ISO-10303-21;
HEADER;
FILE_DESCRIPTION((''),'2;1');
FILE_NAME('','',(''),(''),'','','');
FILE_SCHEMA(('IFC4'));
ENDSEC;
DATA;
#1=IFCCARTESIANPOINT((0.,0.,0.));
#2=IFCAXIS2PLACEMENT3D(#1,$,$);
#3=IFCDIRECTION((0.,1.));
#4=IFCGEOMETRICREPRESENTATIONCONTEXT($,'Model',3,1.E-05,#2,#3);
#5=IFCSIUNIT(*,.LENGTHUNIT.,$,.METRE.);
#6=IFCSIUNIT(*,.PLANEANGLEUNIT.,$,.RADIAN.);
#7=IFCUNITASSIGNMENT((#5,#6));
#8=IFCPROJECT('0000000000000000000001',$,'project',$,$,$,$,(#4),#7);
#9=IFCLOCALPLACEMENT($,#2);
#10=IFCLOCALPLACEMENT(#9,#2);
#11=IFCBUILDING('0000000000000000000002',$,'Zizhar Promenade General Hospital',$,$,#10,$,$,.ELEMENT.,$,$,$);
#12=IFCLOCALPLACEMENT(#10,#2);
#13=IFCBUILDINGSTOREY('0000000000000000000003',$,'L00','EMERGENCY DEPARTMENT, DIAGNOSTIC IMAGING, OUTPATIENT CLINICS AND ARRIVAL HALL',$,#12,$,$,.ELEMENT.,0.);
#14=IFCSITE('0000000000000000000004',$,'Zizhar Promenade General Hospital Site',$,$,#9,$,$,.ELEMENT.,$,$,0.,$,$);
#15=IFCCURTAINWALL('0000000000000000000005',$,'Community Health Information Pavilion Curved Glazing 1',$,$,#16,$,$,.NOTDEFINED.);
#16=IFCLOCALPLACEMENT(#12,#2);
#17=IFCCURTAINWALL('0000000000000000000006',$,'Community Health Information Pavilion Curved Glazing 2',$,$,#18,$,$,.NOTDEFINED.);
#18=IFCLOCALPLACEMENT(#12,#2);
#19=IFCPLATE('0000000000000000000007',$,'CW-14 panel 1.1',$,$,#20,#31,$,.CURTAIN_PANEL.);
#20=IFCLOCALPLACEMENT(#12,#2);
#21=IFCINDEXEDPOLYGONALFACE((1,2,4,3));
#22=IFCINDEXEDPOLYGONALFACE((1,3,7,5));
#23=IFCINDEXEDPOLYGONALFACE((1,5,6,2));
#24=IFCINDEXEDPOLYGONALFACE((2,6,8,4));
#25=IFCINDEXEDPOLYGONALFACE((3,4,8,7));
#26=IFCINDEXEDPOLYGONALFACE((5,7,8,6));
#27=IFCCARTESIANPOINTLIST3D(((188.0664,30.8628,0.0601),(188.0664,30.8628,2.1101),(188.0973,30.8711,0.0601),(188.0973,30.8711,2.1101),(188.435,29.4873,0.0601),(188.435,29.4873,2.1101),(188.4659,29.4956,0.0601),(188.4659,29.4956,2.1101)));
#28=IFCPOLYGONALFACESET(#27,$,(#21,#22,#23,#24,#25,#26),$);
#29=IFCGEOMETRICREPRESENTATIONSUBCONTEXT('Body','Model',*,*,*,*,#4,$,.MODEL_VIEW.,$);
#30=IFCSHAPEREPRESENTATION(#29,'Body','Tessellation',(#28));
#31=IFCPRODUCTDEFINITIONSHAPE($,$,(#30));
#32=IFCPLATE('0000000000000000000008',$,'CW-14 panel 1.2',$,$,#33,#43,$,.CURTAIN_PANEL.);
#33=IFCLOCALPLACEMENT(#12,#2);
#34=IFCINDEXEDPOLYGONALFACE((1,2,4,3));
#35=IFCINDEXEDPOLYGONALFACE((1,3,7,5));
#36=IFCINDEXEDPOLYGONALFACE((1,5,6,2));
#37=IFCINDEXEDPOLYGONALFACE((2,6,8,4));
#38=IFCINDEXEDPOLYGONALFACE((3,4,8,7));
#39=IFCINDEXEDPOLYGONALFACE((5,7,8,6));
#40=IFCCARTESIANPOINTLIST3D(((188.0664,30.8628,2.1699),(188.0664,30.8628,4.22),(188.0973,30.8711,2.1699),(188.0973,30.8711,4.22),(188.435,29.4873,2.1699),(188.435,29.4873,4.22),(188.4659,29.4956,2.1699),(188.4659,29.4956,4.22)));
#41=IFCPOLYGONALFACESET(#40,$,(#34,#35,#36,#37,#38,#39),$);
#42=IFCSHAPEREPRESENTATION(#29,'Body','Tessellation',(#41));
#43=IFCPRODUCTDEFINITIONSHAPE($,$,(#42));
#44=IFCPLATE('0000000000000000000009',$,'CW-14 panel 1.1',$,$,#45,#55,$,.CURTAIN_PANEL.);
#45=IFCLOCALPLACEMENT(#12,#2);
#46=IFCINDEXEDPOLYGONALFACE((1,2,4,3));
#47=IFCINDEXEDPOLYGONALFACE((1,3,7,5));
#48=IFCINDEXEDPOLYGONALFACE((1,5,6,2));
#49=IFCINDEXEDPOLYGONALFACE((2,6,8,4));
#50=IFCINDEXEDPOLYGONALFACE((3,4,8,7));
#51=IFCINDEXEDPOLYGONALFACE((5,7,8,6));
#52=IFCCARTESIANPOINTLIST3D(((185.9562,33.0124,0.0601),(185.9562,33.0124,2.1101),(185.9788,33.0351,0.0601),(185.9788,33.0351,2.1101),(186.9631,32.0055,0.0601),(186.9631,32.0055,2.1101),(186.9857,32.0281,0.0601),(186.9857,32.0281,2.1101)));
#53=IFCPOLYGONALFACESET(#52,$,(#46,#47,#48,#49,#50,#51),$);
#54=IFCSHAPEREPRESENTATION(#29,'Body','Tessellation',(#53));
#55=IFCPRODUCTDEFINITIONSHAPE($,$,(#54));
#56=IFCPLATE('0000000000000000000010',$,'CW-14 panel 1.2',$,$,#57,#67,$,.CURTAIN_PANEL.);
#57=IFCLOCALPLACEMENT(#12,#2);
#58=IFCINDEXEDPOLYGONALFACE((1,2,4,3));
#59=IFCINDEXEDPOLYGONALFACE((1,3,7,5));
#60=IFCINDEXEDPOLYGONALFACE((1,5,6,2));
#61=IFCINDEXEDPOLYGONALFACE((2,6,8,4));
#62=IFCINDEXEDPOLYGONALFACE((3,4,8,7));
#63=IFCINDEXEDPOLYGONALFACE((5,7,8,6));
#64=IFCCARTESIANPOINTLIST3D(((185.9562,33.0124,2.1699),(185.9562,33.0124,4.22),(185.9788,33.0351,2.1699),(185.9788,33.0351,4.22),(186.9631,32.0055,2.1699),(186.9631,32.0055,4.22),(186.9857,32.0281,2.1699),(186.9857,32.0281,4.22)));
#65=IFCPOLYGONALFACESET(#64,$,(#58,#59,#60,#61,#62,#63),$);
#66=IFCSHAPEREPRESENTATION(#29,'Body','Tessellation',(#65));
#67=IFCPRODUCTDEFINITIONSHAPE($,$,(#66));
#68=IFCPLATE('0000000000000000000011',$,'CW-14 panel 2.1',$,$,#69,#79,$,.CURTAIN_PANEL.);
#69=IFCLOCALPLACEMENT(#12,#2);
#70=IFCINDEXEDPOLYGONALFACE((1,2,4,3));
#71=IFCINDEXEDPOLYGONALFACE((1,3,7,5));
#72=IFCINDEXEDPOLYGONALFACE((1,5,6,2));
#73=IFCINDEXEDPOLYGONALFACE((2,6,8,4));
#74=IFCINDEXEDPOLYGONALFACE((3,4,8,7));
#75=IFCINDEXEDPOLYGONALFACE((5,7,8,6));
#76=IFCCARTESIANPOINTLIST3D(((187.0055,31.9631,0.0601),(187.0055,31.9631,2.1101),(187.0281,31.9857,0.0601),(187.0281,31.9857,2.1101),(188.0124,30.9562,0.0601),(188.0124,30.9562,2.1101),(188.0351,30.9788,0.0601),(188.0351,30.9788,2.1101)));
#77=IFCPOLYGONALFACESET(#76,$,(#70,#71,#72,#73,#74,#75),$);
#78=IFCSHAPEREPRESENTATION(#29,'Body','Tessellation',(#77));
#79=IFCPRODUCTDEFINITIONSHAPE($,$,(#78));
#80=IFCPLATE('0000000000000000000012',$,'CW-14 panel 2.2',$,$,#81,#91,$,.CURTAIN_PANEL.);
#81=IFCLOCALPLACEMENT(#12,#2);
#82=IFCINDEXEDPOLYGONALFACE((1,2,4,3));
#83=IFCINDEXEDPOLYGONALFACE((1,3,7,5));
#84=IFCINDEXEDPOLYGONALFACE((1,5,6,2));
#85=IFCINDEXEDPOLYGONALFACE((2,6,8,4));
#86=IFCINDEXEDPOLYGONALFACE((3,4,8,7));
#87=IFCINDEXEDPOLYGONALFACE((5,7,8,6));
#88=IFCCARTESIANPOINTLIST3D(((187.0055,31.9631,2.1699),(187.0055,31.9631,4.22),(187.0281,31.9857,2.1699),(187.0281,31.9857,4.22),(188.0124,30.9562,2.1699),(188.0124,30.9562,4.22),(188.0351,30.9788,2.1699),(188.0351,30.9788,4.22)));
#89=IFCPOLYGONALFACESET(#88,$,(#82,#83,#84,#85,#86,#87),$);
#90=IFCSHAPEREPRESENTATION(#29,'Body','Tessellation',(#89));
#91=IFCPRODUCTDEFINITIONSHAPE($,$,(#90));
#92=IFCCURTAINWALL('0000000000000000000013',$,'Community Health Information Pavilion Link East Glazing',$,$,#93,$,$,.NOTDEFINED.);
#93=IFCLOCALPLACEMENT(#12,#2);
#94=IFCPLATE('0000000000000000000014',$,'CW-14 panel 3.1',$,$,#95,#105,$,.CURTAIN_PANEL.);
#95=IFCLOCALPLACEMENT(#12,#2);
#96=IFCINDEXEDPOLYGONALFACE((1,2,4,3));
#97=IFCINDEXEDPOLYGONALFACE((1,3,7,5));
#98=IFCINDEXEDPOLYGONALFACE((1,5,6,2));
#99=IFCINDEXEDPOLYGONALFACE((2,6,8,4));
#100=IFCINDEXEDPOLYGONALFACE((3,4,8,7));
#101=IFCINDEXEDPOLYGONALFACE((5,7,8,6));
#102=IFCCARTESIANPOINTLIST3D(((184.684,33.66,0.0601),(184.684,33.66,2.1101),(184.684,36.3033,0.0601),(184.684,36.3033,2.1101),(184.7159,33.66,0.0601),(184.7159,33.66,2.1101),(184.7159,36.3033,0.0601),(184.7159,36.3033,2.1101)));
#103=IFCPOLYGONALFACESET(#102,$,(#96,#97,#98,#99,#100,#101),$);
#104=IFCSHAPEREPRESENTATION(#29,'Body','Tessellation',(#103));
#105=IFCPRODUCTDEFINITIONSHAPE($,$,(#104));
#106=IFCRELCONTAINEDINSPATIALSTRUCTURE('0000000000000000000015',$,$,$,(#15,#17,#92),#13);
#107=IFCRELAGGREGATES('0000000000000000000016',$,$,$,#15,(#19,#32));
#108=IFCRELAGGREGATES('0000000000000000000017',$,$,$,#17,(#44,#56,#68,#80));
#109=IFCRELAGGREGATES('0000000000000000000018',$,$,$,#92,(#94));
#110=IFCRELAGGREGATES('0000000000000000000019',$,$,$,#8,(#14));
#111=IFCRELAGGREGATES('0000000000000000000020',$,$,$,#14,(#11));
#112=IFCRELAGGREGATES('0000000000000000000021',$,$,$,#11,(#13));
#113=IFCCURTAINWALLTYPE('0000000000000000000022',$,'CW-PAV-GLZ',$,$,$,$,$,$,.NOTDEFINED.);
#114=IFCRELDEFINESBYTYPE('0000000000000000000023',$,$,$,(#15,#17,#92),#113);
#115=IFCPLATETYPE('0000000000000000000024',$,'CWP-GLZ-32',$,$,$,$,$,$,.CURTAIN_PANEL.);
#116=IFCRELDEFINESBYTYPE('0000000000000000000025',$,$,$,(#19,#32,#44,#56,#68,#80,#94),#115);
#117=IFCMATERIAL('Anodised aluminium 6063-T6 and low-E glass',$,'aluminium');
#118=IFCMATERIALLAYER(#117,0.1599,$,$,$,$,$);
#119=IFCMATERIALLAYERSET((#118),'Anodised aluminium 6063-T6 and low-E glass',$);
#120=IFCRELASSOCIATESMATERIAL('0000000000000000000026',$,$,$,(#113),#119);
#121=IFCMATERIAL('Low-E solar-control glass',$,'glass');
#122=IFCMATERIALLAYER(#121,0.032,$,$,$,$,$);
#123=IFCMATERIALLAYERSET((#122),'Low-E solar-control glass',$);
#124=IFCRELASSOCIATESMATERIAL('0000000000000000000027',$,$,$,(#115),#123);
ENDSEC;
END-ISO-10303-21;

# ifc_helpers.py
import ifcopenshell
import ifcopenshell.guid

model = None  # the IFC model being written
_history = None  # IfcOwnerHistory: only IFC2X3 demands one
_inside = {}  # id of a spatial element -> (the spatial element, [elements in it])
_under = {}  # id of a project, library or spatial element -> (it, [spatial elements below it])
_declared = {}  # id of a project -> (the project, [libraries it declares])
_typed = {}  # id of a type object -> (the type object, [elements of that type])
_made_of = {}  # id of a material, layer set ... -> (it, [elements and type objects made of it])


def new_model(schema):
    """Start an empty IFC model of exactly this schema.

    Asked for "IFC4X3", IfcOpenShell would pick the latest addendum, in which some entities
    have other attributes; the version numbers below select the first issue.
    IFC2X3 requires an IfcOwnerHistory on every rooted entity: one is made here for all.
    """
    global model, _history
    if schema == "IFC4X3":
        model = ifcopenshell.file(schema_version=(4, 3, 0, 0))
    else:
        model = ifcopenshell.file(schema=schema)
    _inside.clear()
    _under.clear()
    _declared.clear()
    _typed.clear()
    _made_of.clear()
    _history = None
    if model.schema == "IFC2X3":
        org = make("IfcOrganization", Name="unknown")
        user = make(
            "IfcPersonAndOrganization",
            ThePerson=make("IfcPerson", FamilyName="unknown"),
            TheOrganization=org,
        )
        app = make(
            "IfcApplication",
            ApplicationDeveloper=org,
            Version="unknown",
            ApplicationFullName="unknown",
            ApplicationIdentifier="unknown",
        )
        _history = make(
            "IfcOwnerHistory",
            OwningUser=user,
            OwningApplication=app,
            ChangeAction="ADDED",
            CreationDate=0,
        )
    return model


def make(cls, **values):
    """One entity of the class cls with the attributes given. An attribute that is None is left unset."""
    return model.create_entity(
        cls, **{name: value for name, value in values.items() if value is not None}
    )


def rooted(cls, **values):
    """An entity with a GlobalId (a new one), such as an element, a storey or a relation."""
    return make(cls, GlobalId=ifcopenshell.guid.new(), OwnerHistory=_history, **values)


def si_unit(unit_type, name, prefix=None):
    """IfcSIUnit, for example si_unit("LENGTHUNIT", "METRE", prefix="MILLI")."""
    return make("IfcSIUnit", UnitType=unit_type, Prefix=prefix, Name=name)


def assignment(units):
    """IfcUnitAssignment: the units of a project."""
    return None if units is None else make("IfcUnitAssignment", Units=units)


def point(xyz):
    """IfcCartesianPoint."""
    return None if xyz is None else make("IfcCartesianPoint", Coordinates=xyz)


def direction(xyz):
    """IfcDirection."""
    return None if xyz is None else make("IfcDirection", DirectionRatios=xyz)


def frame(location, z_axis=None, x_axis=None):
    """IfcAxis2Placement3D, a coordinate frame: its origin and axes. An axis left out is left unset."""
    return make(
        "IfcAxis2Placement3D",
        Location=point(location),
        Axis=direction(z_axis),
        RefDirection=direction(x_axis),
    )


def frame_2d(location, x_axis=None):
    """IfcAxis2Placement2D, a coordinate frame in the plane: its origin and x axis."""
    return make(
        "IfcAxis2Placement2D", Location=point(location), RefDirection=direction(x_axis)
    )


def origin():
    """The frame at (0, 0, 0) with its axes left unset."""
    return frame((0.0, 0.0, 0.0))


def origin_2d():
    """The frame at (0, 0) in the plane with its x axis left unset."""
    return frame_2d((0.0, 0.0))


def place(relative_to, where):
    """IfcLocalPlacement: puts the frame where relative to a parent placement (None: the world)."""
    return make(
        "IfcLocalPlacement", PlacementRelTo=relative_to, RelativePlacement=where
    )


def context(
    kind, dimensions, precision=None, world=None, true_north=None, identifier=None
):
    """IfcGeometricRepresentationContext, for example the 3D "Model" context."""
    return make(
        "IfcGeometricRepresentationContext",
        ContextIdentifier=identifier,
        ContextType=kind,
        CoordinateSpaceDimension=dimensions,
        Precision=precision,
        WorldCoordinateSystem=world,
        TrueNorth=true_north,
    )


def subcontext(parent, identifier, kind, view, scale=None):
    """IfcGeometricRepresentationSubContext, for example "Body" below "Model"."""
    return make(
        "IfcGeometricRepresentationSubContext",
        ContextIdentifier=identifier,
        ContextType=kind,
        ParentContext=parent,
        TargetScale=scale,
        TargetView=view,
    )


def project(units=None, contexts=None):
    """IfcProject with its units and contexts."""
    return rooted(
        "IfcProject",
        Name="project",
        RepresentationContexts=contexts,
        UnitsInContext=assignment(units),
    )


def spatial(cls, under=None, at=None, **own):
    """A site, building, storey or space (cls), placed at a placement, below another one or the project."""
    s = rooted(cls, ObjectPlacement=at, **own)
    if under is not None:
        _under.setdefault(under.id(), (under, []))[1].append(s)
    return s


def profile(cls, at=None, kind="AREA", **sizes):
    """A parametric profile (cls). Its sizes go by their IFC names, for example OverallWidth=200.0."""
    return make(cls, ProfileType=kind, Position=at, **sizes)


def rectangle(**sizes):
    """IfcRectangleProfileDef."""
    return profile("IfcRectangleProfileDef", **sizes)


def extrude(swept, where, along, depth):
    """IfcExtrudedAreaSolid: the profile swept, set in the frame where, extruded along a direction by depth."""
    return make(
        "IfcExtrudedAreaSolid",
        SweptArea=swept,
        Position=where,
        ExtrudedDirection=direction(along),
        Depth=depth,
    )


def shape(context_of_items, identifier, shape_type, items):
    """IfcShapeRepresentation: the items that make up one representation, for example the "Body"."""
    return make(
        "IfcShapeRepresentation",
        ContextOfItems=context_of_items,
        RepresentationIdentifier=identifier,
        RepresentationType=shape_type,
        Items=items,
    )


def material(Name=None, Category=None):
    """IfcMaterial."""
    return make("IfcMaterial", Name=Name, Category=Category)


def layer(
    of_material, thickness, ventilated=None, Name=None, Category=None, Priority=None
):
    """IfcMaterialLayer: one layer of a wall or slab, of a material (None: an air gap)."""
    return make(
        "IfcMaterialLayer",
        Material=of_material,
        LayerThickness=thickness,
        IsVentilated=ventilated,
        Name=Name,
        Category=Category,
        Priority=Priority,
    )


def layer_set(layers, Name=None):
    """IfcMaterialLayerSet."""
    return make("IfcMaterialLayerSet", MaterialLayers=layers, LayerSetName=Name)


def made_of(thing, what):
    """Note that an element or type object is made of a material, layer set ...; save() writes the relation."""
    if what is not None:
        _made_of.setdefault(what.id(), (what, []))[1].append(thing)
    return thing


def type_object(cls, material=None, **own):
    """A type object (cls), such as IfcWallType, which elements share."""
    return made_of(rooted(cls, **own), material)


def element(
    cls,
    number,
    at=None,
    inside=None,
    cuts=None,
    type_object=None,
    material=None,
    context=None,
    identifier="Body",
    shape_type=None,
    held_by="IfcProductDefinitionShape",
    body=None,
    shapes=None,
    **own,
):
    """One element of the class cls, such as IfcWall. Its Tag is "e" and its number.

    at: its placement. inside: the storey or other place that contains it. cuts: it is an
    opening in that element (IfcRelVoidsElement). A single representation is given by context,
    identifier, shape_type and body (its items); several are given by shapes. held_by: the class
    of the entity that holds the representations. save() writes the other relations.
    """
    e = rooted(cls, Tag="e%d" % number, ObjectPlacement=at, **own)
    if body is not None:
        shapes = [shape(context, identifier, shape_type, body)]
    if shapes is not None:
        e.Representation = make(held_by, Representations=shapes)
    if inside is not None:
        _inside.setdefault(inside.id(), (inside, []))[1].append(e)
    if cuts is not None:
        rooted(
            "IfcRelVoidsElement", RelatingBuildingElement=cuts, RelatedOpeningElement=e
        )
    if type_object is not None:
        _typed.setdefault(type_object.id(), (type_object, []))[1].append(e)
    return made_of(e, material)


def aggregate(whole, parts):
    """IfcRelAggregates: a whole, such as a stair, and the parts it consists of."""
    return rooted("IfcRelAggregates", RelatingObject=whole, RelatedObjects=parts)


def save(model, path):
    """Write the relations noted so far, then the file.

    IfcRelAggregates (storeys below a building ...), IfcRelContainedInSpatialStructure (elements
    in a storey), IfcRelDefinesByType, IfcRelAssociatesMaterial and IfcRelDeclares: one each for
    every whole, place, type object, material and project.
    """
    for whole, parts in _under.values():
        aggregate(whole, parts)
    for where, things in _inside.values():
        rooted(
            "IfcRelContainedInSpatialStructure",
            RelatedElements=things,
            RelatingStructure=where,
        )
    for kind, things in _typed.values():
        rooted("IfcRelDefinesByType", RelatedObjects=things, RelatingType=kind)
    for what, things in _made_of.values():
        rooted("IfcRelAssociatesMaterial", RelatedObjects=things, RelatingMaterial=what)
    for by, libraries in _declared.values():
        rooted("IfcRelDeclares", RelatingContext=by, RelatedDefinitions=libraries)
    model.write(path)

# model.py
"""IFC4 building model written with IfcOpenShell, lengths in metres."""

from ifc_helpers import new_model, si_unit, direction, frame, origin, origin_2d, place, context, subcontext, project, spatial, rectangle, extrude, material, layer, layer_set, type_object, element, aggregate, save


model = new_model("IFC4")

# Units and contexts
model_context = context("Model", 3, precision=1e-05, world=origin(), true_north=direction((0.0, 1.0)))
body_context = subcontext(model_context, "Body", "Model", "MODEL_VIEW")
ifc_project = project(units=[si_unit("LENGTHUNIT", "METRE"), si_unit("PLANEANGLEUNIT", "RADIAN")], contexts=[model_context])

# Site, building, storey
site_placement = place(None, origin())
site = spatial("IfcSite", under=ifc_project, at=site_placement, Name="Zizhar Promenade General Hospital Site", CompositionType="ELEMENT", RefElevation=0.0)
building_placement = place(site_placement, origin())
building = spatial("IfcBuilding", under=site, at=building_placement, Name="Zizhar Promenade General Hospital", CompositionType="ELEMENT")
storey_placement = place(building_placement, origin())
storey = spatial("IfcBuildingStorey", under=building, at=storey_placement, Name="L00", Description="EMERGENCY DEPARTMENT, DIAGNOSTIC IMAGING, OUTPATIENT CLINICS AND ARRIVAL HALL", CompositionType="ELEMENT", Elevation=0.0)

# Curtain wall
ifc_material_1 = material(Name="Anodised aluminium 6063-T6 and low-E glass", Category="aluminium")
ifc_layer_1 = layer(ifc_material_1, 0.1599)
ifc_layer_set_1 = layer_set([ifc_layer_1], Name="Anodised aluminium 6063-T6 and low-E glass")
curtain_wall_type = type_object("IfcCurtainWallType", Name="CW-PAV-GLZ", PredefinedType="NOTDEFINED", material=ifc_layer_set_1)
curtain_wall_1_placement = place(storey_placement, origin())
curtain_wall_1 = element("IfcCurtainWall", 1, at=curtain_wall_1_placement, inside=storey, type_object=curtain_wall_type, Name="Community Health Information Pavilion Curved Glazing 1", PredefinedType="NOTDEFINED")

# Curtain wall
curtain_wall_2_placement = place(storey_placement, origin())
curtain_wall_2 = element("IfcCurtainWall", 2, at=curtain_wall_2_placement, inside=storey, type_object=curtain_wall_type, Name="Community Health Information Pavilion Curved Glazing 2", PredefinedType="NOTDEFINED")

# Plates
ifc_material_2 = material(Name="Low-E solar-control glass", Category="glass")
ifc_layer_2 = layer(ifc_material_2, 0.032)
ifc_layer_set_2 = layer_set([ifc_layer_2], Name="Low-E solar-control glass")
plate_type = type_object("IfcPlateType", Name="CWP-GLZ-32", PredefinedType="CURTAIN_PANEL", material=ifc_layer_set_2)
plate_1_placement = place(storey_placement, frame((188.2661, 30.1792, 0.0601), z_axis=(0.0, 0.0, 1.0), x_axis=(0.258834, -0.965922, 0.0)))
plate_1 = element("IfcPlate", 3, at=plate_1_placement, type_object=plate_type, Name="CW-14 panel 1.1", PredefinedType="CURTAIN_PANEL", context=body_context, shape_type="SweptSolid", body=[
    extrude(rectangle(XDim=1.4241, YDim=0.032, at=origin_2d()), origin(), (0.0, 0.0, 1.0), 2.05),
])
plate_2_placement = place(storey_placement, frame((188.2661, 30.1792, 2.1699), z_axis=(0.0, 0.0, 1.0), x_axis=(0.258834, -0.965922, 0.0)))
plate_2 = element("IfcPlate", 4, at=plate_2_placement, type_object=plate_type, Name="CW-14 panel 1.2", PredefinedType="CURTAIN_PANEL", context=body_context, shape_type="SweptSolid", body=[
    extrude(rectangle(XDim=1.4241, YDim=0.032, at=origin_2d()), origin(), (0.0, 0.0, 1.0), 2.05),
])
aggregate(curtain_wall_1, [plate_1, plate_2])
plate_3_placement = place(storey_placement, frame((186.4709, 32.5203, 0.0601), z_axis=(0.0, 0.0, 1.0), x_axis=(0.707107, -0.707107, 0.0)))
plate_3 = element("IfcPlate", 5, at=plate_3_placement, type_object=plate_type, Name="CW-14 panel 1.1", PredefinedType="CURTAIN_PANEL", context=body_context, shape_type="SweptSolid", body=[
    extrude(rectangle(XDim=1.4241, YDim=0.032, at=origin_2d()), origin(), (0.0, 0.0, 1.0), 2.05),
])
plate_4_placement = place(storey_placement, frame((186.4709, 32.5203, 2.1699), z_axis=(0.0, 0.0, 1.0), x_axis=(0.707107, -0.707107, 0.0)))
plate_4 = element("IfcPlate", 6, at=plate_4_placement, type_object=plate_type, Name="CW-14 panel 1.2", PredefinedType="CURTAIN_PANEL", context=body_context, shape_type="SweptSolid", body=[
    extrude(rectangle(XDim=1.4241, YDim=0.032, at=origin_2d()), origin(), (0.0, 0.0, 1.0), 2.05),
])
plate_5_placement = place(storey_placement, frame((187.5203, 31.4709, 0.0601), z_axis=(0.0, 0.0, 1.0), x_axis=(0.707107, -0.707107, 0.0)))
plate_5 = element("IfcPlate", 7, at=plate_5_placement, type_object=plate_type, Name="CW-14 panel 2.1", PredefinedType="CURTAIN_PANEL", context=body_context, shape_type="SweptSolid", body=[
    extrude(rectangle(XDim=1.4241, YDim=0.032, at=origin_2d()), origin(), (0.0, 0.0, 1.0), 2.05),
])
plate_6_placement = place(storey_placement, frame((187.5203, 31.4709, 2.1699), z_axis=(0.0, 0.0, 1.0), x_axis=(0.707107, -0.707107, 0.0)))
plate_6 = element("IfcPlate", 8, at=plate_6_placement, type_object=plate_type, Name="CW-14 panel 2.2", PredefinedType="CURTAIN_PANEL", context=body_context, shape_type="SweptSolid", body=[
    extrude(rectangle(XDim=1.4241, YDim=0.032, at=origin_2d()), origin(), (0.0, 0.0, 1.0), 2.05),
])
aggregate(curtain_wall_2, [plate_3, plate_4, plate_5, plate_6])

# Curtain wall, plate
curtain_wall_3_placement = place(storey_placement, origin())
curtain_wall_3 = element("IfcCurtainWall", 9, at=curtain_wall_3_placement, inside=storey, type_object=curtain_wall_type, Name="Community Health Information Pavilion Link East Glazing", PredefinedType="NOTDEFINED")
plate_7_placement = place(storey_placement, frame((184.7, 34.9817, 0.0601), z_axis=(0.0, 0.0, 1.0), x_axis=(0.0, -1.0, 0.0)))
plate_7 = element("IfcPlate", 10, at=plate_7_placement, type_object=plate_type, Name="CW-14 panel 3.1", PredefinedType="CURTAIN_PANEL", context=body_context, shape_type="SweptSolid", body=[
    extrude(rectangle(XDim=2.6433, YDim=0.032, at=origin_2d()), origin(), (0.0, 0.0, 1.0), 2.05),
])
aggregate(curtain_wall_3, [plate_7])

save(model, "model.ifc")
